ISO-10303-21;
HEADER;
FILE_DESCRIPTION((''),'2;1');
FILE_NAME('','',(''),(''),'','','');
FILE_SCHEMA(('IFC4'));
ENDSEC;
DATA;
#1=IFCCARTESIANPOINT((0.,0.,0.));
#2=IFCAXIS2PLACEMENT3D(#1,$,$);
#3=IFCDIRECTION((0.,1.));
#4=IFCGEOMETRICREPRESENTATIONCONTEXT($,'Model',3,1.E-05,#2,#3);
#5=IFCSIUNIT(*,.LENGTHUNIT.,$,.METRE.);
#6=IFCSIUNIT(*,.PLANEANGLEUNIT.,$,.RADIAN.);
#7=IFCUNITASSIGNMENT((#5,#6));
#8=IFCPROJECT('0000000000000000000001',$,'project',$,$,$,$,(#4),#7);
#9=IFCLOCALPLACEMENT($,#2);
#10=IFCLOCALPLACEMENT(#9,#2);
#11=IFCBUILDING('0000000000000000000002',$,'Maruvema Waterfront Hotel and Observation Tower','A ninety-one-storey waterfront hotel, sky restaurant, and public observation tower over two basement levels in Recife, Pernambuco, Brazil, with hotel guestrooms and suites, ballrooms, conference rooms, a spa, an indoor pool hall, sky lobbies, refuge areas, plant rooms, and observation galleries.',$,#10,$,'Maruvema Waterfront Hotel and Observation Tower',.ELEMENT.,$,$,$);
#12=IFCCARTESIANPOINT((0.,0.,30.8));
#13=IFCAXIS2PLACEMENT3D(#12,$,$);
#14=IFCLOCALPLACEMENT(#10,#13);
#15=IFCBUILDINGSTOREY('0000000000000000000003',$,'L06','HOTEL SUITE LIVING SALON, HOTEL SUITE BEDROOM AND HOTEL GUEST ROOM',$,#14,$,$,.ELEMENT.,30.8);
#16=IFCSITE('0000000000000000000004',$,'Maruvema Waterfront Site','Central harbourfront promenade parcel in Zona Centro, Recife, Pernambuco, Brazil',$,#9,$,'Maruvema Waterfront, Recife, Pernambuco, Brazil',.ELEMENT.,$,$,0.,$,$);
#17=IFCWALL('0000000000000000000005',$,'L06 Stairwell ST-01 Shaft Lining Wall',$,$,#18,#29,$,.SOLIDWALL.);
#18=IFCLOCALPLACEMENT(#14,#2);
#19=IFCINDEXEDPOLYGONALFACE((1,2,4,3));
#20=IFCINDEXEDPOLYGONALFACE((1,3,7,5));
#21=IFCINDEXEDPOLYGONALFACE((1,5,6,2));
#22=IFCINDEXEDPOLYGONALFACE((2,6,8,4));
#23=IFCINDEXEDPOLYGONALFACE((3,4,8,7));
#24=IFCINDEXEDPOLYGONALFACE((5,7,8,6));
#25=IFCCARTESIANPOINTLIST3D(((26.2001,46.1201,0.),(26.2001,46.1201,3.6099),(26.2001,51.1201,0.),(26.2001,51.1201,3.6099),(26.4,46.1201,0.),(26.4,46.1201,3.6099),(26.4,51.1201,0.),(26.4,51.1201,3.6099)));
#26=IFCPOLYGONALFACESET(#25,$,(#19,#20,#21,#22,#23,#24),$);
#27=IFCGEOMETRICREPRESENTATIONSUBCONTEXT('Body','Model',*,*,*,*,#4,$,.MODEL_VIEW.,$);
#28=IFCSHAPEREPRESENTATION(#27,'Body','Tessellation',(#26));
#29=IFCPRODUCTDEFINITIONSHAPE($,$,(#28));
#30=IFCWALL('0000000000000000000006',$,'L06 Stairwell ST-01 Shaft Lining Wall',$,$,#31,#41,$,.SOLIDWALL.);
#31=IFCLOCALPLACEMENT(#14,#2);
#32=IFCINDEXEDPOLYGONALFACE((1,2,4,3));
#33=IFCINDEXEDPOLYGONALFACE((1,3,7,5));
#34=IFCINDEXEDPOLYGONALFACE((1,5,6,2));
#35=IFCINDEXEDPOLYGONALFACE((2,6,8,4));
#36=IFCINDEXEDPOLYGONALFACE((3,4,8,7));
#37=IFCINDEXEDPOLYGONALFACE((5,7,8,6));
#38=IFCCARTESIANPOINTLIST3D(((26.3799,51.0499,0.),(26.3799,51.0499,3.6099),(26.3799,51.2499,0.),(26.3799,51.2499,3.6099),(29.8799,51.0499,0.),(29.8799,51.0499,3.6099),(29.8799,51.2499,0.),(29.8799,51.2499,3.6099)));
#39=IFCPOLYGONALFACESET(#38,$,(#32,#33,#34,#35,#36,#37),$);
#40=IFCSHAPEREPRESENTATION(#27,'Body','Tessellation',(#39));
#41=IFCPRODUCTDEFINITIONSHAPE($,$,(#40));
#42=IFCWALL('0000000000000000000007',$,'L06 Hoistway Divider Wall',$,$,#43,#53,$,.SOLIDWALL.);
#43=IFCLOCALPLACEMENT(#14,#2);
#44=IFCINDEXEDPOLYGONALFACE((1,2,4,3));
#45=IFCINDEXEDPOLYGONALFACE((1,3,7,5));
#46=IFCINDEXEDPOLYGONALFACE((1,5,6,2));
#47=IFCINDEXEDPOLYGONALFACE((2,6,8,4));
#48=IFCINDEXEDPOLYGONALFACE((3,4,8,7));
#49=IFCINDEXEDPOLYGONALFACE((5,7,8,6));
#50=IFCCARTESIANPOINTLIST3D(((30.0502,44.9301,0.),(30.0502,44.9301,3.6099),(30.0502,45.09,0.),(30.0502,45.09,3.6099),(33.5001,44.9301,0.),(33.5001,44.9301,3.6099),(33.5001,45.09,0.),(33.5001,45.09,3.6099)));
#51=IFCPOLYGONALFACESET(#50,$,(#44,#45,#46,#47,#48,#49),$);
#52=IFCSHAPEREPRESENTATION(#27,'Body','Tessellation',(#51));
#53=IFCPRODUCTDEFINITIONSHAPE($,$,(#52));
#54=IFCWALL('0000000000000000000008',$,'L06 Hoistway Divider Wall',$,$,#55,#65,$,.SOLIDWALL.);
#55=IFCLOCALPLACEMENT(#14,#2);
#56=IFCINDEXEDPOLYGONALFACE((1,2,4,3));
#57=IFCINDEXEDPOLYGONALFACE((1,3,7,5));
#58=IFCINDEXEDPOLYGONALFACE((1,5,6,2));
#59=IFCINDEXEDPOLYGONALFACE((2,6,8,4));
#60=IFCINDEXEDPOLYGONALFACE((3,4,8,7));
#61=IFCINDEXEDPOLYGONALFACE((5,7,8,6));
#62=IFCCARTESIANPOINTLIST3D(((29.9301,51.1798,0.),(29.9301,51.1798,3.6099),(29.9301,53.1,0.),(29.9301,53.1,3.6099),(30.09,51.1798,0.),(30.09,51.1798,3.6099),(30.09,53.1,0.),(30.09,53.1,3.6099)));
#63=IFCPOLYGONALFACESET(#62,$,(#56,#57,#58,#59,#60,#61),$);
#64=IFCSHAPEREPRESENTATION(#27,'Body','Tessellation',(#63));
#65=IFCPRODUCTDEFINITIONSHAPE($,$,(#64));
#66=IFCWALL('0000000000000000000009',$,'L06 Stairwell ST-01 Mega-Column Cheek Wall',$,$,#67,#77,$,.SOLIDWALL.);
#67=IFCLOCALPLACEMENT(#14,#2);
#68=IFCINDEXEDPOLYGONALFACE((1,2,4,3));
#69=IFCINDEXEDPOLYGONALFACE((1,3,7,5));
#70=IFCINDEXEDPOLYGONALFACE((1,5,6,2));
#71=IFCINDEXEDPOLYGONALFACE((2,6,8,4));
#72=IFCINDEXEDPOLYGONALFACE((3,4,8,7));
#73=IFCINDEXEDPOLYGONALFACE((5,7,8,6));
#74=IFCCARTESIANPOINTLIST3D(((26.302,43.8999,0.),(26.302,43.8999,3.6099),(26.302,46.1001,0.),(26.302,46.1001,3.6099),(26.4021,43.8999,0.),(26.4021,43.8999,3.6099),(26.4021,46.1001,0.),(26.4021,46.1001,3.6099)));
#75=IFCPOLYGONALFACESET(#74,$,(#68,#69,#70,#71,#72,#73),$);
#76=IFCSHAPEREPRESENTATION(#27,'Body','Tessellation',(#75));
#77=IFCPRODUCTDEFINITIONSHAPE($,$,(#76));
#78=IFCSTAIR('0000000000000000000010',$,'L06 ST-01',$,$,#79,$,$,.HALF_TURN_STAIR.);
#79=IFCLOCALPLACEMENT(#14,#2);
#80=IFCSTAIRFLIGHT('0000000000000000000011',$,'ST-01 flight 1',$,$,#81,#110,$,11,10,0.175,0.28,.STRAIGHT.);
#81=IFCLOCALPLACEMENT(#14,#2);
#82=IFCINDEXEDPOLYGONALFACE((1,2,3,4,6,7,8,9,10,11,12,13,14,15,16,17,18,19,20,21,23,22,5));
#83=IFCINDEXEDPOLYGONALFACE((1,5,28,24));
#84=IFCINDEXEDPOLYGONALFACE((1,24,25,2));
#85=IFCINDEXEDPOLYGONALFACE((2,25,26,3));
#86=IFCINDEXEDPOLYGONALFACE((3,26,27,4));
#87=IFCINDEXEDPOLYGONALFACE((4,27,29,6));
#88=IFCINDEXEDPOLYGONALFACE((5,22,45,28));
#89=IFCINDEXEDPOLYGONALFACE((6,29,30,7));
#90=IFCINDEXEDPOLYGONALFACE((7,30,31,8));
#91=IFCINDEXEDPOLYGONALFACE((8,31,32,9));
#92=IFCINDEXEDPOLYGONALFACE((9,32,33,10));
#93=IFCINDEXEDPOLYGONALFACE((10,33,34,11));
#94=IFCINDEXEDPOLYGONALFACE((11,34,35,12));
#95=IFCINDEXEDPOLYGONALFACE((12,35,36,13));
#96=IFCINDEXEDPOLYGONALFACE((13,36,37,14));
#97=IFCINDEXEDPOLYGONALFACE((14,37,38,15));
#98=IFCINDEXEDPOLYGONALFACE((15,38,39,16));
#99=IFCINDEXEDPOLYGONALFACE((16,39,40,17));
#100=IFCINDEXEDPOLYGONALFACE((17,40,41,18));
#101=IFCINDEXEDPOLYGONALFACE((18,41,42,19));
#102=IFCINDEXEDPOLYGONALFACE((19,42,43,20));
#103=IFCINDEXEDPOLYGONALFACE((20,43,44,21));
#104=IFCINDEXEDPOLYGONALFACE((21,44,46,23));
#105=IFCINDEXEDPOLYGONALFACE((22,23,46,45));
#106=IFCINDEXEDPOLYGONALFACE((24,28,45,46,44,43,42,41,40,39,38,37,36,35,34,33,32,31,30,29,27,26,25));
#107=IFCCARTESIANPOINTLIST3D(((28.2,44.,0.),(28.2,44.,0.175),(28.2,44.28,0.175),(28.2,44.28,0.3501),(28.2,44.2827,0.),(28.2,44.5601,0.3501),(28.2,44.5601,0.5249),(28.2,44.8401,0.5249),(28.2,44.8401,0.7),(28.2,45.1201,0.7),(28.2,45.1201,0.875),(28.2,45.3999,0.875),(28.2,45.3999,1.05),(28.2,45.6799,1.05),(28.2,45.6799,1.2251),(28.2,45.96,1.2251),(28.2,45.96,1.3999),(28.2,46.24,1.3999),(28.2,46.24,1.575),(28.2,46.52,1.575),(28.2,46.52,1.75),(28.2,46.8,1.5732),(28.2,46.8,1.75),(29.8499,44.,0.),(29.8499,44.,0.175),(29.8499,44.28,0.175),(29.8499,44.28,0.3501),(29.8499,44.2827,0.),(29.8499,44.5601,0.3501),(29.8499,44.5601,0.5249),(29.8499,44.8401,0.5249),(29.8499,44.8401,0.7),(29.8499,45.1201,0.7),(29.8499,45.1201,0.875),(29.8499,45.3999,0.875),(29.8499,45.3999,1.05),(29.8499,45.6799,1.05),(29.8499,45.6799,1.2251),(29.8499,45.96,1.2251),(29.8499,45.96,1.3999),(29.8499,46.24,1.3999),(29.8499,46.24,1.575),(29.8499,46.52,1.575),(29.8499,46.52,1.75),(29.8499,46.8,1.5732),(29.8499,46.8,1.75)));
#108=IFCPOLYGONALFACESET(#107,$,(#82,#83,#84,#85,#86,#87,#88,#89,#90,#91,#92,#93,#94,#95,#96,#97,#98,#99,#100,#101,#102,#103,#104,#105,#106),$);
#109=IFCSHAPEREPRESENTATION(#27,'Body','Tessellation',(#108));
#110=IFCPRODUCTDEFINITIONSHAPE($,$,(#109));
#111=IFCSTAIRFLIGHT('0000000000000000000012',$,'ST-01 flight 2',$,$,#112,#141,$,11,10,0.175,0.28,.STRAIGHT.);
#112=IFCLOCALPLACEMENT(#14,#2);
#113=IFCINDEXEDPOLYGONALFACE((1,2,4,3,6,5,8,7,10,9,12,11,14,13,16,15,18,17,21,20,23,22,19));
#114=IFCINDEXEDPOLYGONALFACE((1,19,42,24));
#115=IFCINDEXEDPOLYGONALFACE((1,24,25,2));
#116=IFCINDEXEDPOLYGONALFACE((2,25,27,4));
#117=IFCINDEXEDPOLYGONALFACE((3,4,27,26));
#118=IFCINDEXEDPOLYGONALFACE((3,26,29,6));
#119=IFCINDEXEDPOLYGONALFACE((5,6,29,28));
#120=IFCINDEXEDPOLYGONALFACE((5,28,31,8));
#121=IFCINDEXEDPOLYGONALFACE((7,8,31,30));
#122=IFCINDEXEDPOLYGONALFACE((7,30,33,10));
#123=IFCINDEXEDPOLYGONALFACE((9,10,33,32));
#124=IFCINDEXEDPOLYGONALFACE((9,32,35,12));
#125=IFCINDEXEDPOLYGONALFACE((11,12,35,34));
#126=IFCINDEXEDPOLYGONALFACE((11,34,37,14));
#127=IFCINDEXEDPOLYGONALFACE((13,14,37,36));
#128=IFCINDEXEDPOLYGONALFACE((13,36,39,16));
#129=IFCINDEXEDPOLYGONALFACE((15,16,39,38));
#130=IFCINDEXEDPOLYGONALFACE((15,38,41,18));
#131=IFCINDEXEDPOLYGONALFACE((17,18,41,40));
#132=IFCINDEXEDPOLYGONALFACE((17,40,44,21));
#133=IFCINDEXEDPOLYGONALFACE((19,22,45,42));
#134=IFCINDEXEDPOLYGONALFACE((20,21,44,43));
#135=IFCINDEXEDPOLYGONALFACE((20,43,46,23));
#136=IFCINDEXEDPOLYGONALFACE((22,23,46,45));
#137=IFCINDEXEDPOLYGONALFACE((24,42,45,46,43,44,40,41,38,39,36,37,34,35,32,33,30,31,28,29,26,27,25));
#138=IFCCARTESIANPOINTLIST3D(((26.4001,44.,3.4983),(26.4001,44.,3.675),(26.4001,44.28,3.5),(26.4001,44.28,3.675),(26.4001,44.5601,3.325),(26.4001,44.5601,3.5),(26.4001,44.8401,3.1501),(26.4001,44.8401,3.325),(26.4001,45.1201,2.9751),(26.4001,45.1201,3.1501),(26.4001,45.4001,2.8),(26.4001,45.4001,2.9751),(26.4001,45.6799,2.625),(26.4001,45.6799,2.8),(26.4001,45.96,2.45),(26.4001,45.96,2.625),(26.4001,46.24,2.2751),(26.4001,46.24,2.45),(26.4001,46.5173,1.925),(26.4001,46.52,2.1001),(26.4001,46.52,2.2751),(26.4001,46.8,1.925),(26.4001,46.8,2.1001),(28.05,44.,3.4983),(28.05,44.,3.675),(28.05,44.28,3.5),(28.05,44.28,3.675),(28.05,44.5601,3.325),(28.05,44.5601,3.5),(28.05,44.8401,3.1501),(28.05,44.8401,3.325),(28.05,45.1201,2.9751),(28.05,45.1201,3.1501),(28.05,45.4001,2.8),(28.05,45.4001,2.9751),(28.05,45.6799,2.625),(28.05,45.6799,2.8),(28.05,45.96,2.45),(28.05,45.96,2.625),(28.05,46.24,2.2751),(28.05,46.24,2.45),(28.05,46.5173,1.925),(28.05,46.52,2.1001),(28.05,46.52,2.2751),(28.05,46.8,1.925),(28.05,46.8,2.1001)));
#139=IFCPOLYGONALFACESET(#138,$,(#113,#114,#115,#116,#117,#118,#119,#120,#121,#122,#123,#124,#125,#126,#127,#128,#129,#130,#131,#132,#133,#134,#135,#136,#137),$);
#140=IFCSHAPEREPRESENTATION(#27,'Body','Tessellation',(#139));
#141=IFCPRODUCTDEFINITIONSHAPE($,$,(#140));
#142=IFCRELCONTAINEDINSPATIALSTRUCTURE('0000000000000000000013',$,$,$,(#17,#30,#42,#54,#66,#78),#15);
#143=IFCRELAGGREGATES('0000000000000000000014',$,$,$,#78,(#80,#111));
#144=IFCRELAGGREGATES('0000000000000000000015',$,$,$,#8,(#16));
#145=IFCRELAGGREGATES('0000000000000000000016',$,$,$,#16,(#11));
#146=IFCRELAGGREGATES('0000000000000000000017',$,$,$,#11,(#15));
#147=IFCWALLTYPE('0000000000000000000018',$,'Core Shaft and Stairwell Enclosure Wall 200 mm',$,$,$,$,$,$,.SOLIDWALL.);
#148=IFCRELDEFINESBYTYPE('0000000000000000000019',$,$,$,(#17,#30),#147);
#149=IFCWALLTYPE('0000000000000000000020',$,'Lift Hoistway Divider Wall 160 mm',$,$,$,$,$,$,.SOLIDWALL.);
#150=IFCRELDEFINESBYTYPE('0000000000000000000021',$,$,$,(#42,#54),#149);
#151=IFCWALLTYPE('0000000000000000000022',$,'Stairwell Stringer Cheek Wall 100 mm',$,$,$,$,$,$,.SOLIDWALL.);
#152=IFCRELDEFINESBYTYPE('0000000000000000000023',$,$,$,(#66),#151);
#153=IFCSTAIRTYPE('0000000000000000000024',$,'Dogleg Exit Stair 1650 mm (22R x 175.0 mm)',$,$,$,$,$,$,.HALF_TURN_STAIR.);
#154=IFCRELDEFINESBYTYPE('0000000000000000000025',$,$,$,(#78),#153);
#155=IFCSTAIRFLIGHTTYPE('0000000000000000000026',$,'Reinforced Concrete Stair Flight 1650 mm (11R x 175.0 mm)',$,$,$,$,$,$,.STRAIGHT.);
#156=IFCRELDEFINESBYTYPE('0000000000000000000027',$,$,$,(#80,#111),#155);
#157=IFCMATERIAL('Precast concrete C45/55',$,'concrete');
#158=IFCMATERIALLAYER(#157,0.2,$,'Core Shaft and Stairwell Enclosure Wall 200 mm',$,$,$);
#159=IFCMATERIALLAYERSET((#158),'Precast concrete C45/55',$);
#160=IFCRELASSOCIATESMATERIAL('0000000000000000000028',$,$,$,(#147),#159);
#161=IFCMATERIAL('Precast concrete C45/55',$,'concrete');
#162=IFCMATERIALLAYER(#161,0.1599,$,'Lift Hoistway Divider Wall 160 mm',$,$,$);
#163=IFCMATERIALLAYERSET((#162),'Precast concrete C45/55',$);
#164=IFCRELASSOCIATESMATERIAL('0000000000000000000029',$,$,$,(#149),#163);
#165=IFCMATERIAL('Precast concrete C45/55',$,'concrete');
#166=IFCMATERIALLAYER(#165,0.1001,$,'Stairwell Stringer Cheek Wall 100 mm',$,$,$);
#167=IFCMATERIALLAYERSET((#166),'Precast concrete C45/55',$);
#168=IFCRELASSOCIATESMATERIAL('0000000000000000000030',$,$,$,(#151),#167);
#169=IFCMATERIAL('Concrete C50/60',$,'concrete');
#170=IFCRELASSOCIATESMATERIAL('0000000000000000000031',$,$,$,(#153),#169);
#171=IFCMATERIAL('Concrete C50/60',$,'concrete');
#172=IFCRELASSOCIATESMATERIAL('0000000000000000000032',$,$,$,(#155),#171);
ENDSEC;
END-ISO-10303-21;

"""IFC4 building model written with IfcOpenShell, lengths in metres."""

from ifc_helpers import new_model, si_unit, direction, frame, frame_2d, origin, place, context, subcontext, project, spatial, polyline, rectangle, outline, extrude, material, layer, layer_set, type_object, element, aggregate, save


model = new_model("IFC4")

# Units and contexts
model_context = context("Model", 3, precision=1e-05, world=origin(), true_north=direction((0.0, 1.0)))
body_context = subcontext(model_context, "Body", "Model", "MODEL_VIEW")
ifc_project = project(units=[si_unit("LENGTHUNIT", "METRE"), si_unit("PLANEANGLEUNIT", "RADIAN")], contexts=[model_context])

# Site, building, storey
site_placement = place(None, origin())
site = spatial("IfcSite", under=ifc_project, at=site_placement, Name="Maruvema Waterfront Site", Description="Central harbourfront promenade parcel in Zona Centro, Recife, Pernambuco, Brazil", LongName="Maruvema Waterfront, Recife, Pernambuco, Brazil", CompositionType="ELEMENT", RefElevation=0.0)
building_placement = place(site_placement, origin())
building = spatial("IfcBuilding", under=site, at=building_placement, Name="Maruvema Waterfront Hotel and Observation Tower", Description="A ninety-one-storey waterfront hotel, sky restaurant, and public observation tower over two basement levels in Recife, Pernambuco, Brazil, with hotel guestrooms and suites, ballrooms, conference rooms, a spa, an indoor pool hall, sky lobbies, refuge areas, plant rooms, and observation galleries.", LongName="Maruvema Waterfront Hotel and Observation Tower", CompositionType="ELEMENT")
storey_placement = place(building_placement, frame((0.0, 0.0, 30.8)))
storey = spatial("IfcBuildingStorey", under=building, at=storey_placement, Name="L06", Description="HOTEL SUITE LIVING SALON, HOTEL SUITE BEDROOM AND HOTEL GUEST ROOM", CompositionType="ELEMENT", Elevation=30.8)

# Walls
ifc_material_1 = material(Name="Precast concrete C45/55", Category="concrete")
ifc_layer_1 = layer(ifc_material_1, 0.2, Name="Core Shaft and Stairwell Enclosure Wall 200 mm")
ifc_layer_set_1 = layer_set([ifc_layer_1], Name="Precast concrete C45/55")
wall_type_1 = type_object("IfcWallType", Name="Core Shaft and Stairwell Enclosure Wall 200 mm", PredefinedType="SOLIDWALL", material=ifc_layer_set_1)
wall_1_placement = place(storey_placement, frame((26.3, 46.1201, 0.0), z_axis=(0.0, 0.0, 1.0), x_axis=(0.0, 1.0, 0.0)))
element("IfcWall", 1, at=wall_1_placement, inside=storey, type_object=wall_type_1, Name="L06 Stairwell ST-01 Shaft Lining Wall", PredefinedType="SOLIDWALL", context=body_context, shape_type="SweptSolid", body=[
    extrude(rectangle(XDim=5.0, YDim=0.2, at=frame_2d((2.5, 0.0))), origin(), (0.0, 0.0, 1.0), 3.6099),
])
wall_2_placement = place(storey_placement, frame((26.3799, 51.1499, 0.0), z_axis=(0.0, 0.0, 1.0), x_axis=(1.0, 0.0, 0.0)))
element("IfcWall", 2, at=wall_2_placement, inside=storey, type_object=wall_type_1, Name="L06 Stairwell ST-01 Shaft Lining Wall", PredefinedType="SOLIDWALL", context=body_context, shape_type="SweptSolid", body=[
    extrude(rectangle(XDim=3.5, YDim=0.2, at=frame_2d((1.75, 0.0))), origin(), (0.0, 0.0, 1.0), 3.6099),
])

# Walls
ifc_material_2 = material(Name="Precast concrete C45/55", Category="concrete")
ifc_layer_2 = layer(ifc_material_2, 0.1599, Name="Lift Hoistway Divider Wall 160 mm")
ifc_layer_set_2 = layer_set([ifc_layer_2], Name="Precast concrete C45/55")
wall_type_2 = type_object("IfcWallType", Name="Lift Hoistway Divider Wall 160 mm", PredefinedType="SOLIDWALL", material=ifc_layer_set_2)
wall_3_placement = place(storey_placement, frame((30.05, 45.01, 0.0), z_axis=(0.0, 0.0, 1.0), x_axis=(1.0, 0.0, 0.0)))
element("IfcWall", 3, at=wall_3_placement, inside=storey, type_object=wall_type_2, Name="L06 Hoistway Divider Wall", PredefinedType="SOLIDWALL", context=body_context, shape_type="SweptSolid", body=[
    extrude(rectangle(XDim=3.45, YDim=0.1599, at=frame_2d((1.7251, 0.0))), origin(), (0.0, 0.0, 1.0), 3.6099),
])
wall_4_placement = place(storey_placement, frame((30.01, 51.1799, 0.0), z_axis=(0.0, 0.0, 1.0), x_axis=(0.0, 1.0, 0.0)))
element("IfcWall", 4, at=wall_4_placement, inside=storey, type_object=wall_type_2, Name="L06 Hoistway Divider Wall", PredefinedType="SOLIDWALL", context=body_context, shape_type="SweptSolid", body=[
    extrude(rectangle(XDim=1.9202, YDim=0.1599, at=frame_2d((0.96, 0.0))), origin(), (0.0, 0.0, 1.0), 3.6099),
])
ifc_material_3 = material(Name="Precast concrete C45/55", Category="concrete")
ifc_layer_3 = layer(ifc_material_3, 0.1001, Name="Stairwell Stringer Cheek Wall 100 mm")
ifc_layer_set_3 = layer_set([ifc_layer_3], Name="Precast concrete C45/55")
wall_type_3 = type_object("IfcWallType", Name="Stairwell Stringer Cheek Wall 100 mm", PredefinedType="SOLIDWALL", material=ifc_layer_set_3)
wall_5_placement = place(storey_placement, frame((26.3521, 43.8999, 0.0), z_axis=(0.0, 0.0, 1.0), x_axis=(0.0, 1.0, 0.0)))
element("IfcWall", 5, at=wall_5_placement, inside=storey, type_object=wall_type_3, Name="L06 Stairwell ST-01 Mega-Column Cheek Wall", PredefinedType="SOLIDWALL", context=body_context, shape_type="SweptSolid", body=[
    extrude(rectangle(XDim=2.2002, YDim=0.1001, at=frame_2d((1.1001, 0.0))), origin(), (0.0, 0.0, 1.0), 3.6099),
])

# Stair, stair flights
ifc_material_4 = material(Name="Concrete C50/60", Category="concrete")
stair_type = type_object("IfcStairType", Name="Dogleg Exit Stair 1650 mm (22R x 175.0 mm)", PredefinedType="HALF_TURN_STAIR", material=ifc_material_4)
stair_placement = place(storey_placement, origin())
stair = element("IfcStair", 6, at=stair_placement, inside=storey, type_object=stair_type, Name="L06 ST-01", PredefinedType="HALF_TURN_STAIR")
ifc_material_5 = material(Name="Concrete C50/60", Category="concrete")
stair_flight_type = type_object("IfcStairFlightType", Name="Reinforced Concrete Stair Flight 1650 mm (11R x 175.0 mm)", PredefinedType="STRAIGHT", material=ifc_material_5)
stair_flight_1_placement = place(storey_placement, frame((29.0249, 44.0, 0.0), z_axis=(0.0, 0.0, 1.0), x_axis=(0.0, 1.0, 0.0)))
stair_flight_1 = element("IfcStairFlight", 7, at=stair_flight_1_placement, type_object=stair_flight_type, Name="ST-01 flight 1", NumberOfRisers=11, NumberOfTreads=10, PredefinedType="STRAIGHT", RiserHeight=0.175, TreadLength=0.28, context=body_context, shape_type="SweptSolid", body=[
    extrude(outline(polyline([(0.0, 0.0), (0.0, 0.175), (0.28, 0.175), (0.28, 0.3501), (0.5601, 0.3501), (0.5601, 0.5249), (0.8401, 0.5249), (0.8401, 0.7), (1.1201, 0.7), (1.1201, 0.875), (1.3999, 0.875), (1.3999, 1.05), (1.6799, 1.05), (1.6799, 1.2251), (1.96, 1.2251), (1.96, 1.3999), (2.24, 1.3999), (2.24, 1.575), (2.52, 1.575), (2.52, 1.75), (2.8, 1.75), (2.8, 1.925), (2.8, 1.5732), (0.2827, 0.0), (0.0, 0.0)])), frame((0.0, 0.825, 0.0), z_axis=(0.0, -1.0, 0.0), x_axis=(1.0, 0.0, 0.0)), (0.0, 0.0, 1.0), 1.6499),
])
stair_flight_2_placement = place(storey_placement, frame((27.2251, 46.8, 1.925), z_axis=(0.0, 0.0, 1.0), x_axis=(0.0, -1.0, 0.0)))
stair_flight_2 = element("IfcStairFlight", 8, at=stair_flight_2_placement, type_object=stair_flight_type, Name="ST-01 flight 2", NumberOfRisers=11, NumberOfTreads=10, PredefinedType="STRAIGHT", RiserHeight=0.175, TreadLength=0.28, context=body_context, shape_type="SweptSolid", body=[
    extrude(outline(polyline([(0.0, 0.0), (0.0, 0.175), (0.28, 0.175), (0.28, 0.3501), (0.5601, 0.3501), (0.5601, 0.5249), (0.8401, 0.5249), (0.8401, 0.7), (1.1201, 0.7), (1.1201, 0.875), (1.3999, 0.875), (1.3999, 1.05), (1.6799, 1.05), (1.6799, 1.2251), (1.96, 1.2251), (1.96, 1.3999), (2.24, 1.3999), (2.24, 1.575), (2.52, 1.575), (2.52, 1.75), (2.8, 1.75), (2.8, 1.925), (2.8, 1.5732), (0.2827, 0.0), (0.0, 0.0)])), frame((0.0, 0.825, 0.0), z_axis=(0.0, -1.0, 0.0), x_axis=(1.0, 0.0, 0.0)), (0.0, 0.0, 1.0), 1.6499),
])
aggregate(stair, [stair_flight_1, stair_flight_2])

save(model, "model.ifc")
